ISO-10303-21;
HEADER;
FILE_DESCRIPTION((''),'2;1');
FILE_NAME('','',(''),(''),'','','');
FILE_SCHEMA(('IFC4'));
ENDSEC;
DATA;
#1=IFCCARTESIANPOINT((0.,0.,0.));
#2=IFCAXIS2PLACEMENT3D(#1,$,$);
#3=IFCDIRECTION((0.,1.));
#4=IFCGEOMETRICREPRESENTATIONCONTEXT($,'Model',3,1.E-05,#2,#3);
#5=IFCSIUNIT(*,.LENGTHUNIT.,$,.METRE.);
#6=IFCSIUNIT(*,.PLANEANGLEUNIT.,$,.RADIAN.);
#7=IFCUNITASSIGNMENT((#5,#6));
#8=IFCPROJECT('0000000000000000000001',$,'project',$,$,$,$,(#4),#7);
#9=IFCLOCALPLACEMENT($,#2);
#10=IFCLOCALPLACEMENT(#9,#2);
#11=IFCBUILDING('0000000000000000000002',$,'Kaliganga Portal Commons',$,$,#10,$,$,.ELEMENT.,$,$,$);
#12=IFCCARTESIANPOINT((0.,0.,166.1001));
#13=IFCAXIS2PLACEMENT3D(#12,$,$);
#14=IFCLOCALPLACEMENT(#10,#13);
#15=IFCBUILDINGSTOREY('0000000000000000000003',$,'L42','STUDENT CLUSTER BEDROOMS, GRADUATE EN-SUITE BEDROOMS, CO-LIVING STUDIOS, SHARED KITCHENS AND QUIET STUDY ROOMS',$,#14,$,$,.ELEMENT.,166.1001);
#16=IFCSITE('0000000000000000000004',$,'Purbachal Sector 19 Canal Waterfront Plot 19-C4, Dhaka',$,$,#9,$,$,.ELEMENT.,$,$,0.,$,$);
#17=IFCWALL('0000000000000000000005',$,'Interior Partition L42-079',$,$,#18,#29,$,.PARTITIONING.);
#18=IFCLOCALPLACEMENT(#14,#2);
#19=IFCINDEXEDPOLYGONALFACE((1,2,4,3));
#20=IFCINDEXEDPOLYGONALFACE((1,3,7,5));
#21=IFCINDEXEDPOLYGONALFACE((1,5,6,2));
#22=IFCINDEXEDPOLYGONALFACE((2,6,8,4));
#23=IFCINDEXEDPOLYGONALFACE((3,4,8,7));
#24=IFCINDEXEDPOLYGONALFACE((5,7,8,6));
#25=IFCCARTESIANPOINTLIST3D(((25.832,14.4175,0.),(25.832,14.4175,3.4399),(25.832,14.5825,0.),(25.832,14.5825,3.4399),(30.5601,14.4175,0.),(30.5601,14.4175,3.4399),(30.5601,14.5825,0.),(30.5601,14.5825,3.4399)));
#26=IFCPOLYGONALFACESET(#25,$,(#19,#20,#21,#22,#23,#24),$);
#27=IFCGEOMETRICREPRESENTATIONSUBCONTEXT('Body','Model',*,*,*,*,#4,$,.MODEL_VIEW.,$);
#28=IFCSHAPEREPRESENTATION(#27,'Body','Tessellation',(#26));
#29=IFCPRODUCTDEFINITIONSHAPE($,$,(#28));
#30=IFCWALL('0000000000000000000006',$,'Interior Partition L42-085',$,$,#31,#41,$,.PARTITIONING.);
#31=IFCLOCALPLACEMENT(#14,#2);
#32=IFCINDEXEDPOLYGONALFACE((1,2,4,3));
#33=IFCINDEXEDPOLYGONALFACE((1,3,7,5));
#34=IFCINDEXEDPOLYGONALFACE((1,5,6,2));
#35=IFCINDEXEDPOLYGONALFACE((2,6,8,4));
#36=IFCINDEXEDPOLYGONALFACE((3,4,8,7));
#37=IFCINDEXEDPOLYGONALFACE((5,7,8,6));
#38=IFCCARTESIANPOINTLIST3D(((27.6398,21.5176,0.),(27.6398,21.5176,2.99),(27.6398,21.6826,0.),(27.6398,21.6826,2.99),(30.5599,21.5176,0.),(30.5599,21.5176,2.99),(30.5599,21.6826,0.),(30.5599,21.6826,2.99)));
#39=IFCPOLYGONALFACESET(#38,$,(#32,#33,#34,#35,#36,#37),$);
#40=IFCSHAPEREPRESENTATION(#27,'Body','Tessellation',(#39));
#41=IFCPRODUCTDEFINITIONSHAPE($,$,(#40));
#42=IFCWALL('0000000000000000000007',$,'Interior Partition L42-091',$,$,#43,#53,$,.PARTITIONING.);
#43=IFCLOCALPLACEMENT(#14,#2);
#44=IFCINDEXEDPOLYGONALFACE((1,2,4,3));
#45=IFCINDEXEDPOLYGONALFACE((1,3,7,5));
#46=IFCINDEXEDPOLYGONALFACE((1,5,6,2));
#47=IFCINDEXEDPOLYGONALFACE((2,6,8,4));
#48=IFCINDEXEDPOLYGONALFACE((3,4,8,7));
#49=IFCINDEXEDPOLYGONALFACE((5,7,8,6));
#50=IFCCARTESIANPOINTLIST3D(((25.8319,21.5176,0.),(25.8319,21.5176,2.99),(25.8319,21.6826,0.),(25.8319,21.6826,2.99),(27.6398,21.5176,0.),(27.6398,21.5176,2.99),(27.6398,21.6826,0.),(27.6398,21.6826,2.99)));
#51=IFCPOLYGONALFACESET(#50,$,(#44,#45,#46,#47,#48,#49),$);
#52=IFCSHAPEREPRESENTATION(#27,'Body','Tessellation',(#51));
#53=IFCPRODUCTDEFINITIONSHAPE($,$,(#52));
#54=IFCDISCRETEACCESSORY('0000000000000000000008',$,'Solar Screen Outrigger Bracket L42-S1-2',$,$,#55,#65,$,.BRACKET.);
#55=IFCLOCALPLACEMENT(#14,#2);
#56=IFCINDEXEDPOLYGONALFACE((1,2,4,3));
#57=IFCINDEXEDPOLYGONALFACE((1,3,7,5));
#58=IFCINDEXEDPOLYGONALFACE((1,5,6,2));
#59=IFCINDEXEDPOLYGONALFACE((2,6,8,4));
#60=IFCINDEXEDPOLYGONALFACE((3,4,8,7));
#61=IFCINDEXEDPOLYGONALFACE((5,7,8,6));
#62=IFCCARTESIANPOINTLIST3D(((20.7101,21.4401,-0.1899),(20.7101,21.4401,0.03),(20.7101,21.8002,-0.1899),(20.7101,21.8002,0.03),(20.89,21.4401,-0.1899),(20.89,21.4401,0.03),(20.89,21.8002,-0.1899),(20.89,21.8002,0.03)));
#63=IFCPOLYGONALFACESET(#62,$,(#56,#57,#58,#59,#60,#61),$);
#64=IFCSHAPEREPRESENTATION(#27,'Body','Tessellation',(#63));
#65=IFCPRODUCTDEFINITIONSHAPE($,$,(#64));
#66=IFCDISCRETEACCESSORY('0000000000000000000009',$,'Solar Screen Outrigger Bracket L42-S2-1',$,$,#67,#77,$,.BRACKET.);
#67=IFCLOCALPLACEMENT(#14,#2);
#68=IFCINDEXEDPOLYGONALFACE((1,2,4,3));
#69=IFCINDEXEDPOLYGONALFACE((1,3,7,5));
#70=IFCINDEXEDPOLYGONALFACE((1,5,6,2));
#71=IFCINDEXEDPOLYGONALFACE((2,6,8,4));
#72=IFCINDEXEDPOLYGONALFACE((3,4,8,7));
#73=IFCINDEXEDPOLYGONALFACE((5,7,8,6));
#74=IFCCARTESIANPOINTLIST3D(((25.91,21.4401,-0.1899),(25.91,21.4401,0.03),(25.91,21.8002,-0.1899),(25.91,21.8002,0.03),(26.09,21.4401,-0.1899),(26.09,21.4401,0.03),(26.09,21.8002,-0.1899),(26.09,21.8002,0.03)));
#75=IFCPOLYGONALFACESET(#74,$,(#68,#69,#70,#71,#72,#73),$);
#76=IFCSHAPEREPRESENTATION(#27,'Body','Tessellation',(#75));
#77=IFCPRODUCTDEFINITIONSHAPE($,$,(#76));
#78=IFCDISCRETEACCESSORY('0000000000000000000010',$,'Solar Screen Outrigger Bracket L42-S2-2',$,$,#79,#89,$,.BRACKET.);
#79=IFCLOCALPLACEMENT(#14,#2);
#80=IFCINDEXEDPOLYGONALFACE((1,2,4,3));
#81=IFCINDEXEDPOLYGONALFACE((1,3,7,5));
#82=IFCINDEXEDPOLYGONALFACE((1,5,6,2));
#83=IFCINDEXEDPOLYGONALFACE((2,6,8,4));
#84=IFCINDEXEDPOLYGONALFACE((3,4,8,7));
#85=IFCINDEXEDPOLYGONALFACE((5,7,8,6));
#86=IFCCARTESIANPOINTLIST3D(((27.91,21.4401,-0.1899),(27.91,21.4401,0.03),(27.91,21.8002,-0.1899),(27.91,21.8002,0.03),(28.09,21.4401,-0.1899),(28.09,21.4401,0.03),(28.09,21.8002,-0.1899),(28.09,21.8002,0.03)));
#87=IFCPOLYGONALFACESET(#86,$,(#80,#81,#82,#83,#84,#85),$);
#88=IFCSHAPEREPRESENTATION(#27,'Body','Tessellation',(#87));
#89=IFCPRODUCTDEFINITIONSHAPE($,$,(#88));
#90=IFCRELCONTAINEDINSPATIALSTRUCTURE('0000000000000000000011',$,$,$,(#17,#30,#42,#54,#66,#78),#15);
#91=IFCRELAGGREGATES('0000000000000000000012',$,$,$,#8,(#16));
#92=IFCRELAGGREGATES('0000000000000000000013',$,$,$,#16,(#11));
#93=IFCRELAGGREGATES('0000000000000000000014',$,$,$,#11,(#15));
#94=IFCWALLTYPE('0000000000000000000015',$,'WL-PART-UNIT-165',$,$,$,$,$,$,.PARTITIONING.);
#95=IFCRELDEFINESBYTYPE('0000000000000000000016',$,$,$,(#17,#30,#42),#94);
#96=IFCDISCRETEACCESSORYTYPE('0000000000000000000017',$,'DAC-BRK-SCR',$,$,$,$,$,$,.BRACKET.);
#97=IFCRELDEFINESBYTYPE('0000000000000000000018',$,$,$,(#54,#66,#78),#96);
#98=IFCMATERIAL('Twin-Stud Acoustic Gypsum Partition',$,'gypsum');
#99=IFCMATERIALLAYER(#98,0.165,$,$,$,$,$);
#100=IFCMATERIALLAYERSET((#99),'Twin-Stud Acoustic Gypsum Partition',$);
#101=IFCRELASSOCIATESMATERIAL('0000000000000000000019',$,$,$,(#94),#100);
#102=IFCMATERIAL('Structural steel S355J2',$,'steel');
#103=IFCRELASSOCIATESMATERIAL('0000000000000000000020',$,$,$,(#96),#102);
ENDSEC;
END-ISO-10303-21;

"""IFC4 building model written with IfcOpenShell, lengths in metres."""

from ifc_helpers import new_model, si_unit, direction, frame, frame_2d, origin, origin_2d, place, context, subcontext, project, spatial, rectangle, extrude, source, transform, mapped, material, layer, layer_set, type_object, element, save


model = new_model("IFC4")

# Units and contexts
model_context = context("Model", 3, precision=1e-05, world=origin(), true_north=direction((0.0, 1.0)))
body_context = subcontext(model_context, "Body", "Model", "MODEL_VIEW")
ifc_project = project(units=[si_unit("LENGTHUNIT", "METRE"), si_unit("PLANEANGLEUNIT", "RADIAN")], contexts=[model_context])

# Site, building, storey
site_placement = place(None, origin())
site = spatial("IfcSite", under=ifc_project, at=site_placement, Name="Purbachal Sector 19 Canal Waterfront Plot 19-C4, Dhaka", CompositionType="ELEMENT", RefElevation=0.0)
building_placement = place(site_placement, origin())
building = spatial("IfcBuilding", under=site, at=building_placement, Name="Kaliganga Portal Commons", CompositionType="ELEMENT")
storey_placement = place(building_placement, frame((0.0, 0.0, 166.1001)))
storey = spatial("IfcBuildingStorey", under=building, at=storey_placement, Name="L42", Description="STUDENT CLUSTER BEDROOMS, GRADUATE EN-SUITE BEDROOMS, CO-LIVING STUDIOS, SHARED KITCHENS AND QUIET STUDY ROOMS", CompositionType="ELEMENT", Elevation=166.1001)

# Shared definitions
ifc_material_1 = material(Name="Structural steel S355J2", Category="steel")

# Walls
ifc_material_2 = material(Name="Twin-Stud Acoustic Gypsum Partition", Category="gypsum")
ifc_layer_1 = layer(ifc_material_2, 0.165)
ifc_layer_set_1 = layer_set([ifc_layer_1], Name="Twin-Stud Acoustic Gypsum Partition")
wall_type_1 = type_object("IfcWallType", Name="WL-PART-UNIT-165", PredefinedType="PARTITIONING", material=ifc_layer_set_1)
wall_1_placement = place(storey_placement, frame((25.832, 14.5, 0.0), z_axis=(0.0, 0.0, 1.0), x_axis=(1.0, 0.0, 0.0)))
element("IfcWall", 1, at=wall_1_placement, inside=storey, type_object=wall_type_1, Name="Interior Partition L42-079", PredefinedType="PARTITIONING", context=body_context, shape_type="SweptSolid", body=[
    extrude(rectangle(XDim=4.728, YDim=0.165, at=frame_2d((2.364, 0.0))), origin(), (0.0, 0.0, 1.0), 3.4399),
])
wall_2_placement = place(storey_placement, frame((27.6399, 21.6001, 0.0), z_axis=(0.0, 0.0, 1.0), x_axis=(1.0, 0.0, 0.0)))
element("IfcWall", 2, at=wall_2_placement, inside=storey, type_object=wall_type_1, Name="Interior Partition L42-085", PredefinedType="PARTITIONING", context=body_context, shape_type="SweptSolid", body=[
    extrude(rectangle(XDim=2.9202, YDim=0.165, at=frame_2d((1.46, 0.0))), origin(), (0.0, 0.0, 1.0), 2.99),
])
wall_3_placement = place(storey_placement, frame((25.832, 21.6001, 0.0), z_axis=(0.0, 0.0, 1.0), x_axis=(1.0, 0.0, 0.0)))
element("IfcWall", 3, at=wall_3_placement, inside=storey, type_object=wall_type_1, Name="Interior Partition L42-091", PredefinedType="PARTITIONING", context=body_context, shape_type="SweptSolid", body=[
    extrude(rectangle(XDim=1.8079, YDim=0.165, at=frame_2d((0.9038, 0.0))), origin(), (0.0, 0.0, 1.0), 2.99),
])

# Discrete accessories
discrete_accessory_type = type_object("IfcDiscreteAccessoryType", Name="DAC-BRK-SCR", PredefinedType="BRACKET", material=ifc_material_1)
shared_shape_1 = source(origin(), body_context, "Body", "SweptSolid", [
    extrude(rectangle(XDim=0.1799, YDim=0.3601, at=origin_2d()), origin(), (0.0, 0.0, 1.0), 0.22),
])
for number, where, z_axis, x_axis, name in (
    (4, (20.8, 21.6201, -0.1899), (0.0, 0.0, 1.0), (1.0, 0.0, 0.0), "Solar Screen Outrigger Bracket L42-S1-2"),
    (5, (26.0, 21.6201, -0.1899), (0.0, 0.0, 1.0), (1.0, 0.0, 0.0), "Solar Screen Outrigger Bracket L42-S2-1"),
    (6, (28.0, 21.6201, -0.1899), (0.0, 0.0, 1.0), (1.0, 0.0, 0.0), "Solar Screen Outrigger Bracket L42-S2-2"),
):
    element("IfcDiscreteAccessory", number, at=place(storey_placement, frame(where, z_axis=z_axis, x_axis=x_axis)), inside=storey, type_object=discrete_accessory_type, Name=name, PredefinedType="BRACKET", context=body_context, shape_type="MappedRepresentation", body=[
        mapped(shared_shape_1, transform((0.0, 0.0, 0.0), x_axis=(1.0, 0.0, 0.0), y_axis=(0.0, 1.0, 0.0), z_axis=(0.0, 0.0, 1.0), scale=1.0)),
    ])

save(model, "model.ifc")
